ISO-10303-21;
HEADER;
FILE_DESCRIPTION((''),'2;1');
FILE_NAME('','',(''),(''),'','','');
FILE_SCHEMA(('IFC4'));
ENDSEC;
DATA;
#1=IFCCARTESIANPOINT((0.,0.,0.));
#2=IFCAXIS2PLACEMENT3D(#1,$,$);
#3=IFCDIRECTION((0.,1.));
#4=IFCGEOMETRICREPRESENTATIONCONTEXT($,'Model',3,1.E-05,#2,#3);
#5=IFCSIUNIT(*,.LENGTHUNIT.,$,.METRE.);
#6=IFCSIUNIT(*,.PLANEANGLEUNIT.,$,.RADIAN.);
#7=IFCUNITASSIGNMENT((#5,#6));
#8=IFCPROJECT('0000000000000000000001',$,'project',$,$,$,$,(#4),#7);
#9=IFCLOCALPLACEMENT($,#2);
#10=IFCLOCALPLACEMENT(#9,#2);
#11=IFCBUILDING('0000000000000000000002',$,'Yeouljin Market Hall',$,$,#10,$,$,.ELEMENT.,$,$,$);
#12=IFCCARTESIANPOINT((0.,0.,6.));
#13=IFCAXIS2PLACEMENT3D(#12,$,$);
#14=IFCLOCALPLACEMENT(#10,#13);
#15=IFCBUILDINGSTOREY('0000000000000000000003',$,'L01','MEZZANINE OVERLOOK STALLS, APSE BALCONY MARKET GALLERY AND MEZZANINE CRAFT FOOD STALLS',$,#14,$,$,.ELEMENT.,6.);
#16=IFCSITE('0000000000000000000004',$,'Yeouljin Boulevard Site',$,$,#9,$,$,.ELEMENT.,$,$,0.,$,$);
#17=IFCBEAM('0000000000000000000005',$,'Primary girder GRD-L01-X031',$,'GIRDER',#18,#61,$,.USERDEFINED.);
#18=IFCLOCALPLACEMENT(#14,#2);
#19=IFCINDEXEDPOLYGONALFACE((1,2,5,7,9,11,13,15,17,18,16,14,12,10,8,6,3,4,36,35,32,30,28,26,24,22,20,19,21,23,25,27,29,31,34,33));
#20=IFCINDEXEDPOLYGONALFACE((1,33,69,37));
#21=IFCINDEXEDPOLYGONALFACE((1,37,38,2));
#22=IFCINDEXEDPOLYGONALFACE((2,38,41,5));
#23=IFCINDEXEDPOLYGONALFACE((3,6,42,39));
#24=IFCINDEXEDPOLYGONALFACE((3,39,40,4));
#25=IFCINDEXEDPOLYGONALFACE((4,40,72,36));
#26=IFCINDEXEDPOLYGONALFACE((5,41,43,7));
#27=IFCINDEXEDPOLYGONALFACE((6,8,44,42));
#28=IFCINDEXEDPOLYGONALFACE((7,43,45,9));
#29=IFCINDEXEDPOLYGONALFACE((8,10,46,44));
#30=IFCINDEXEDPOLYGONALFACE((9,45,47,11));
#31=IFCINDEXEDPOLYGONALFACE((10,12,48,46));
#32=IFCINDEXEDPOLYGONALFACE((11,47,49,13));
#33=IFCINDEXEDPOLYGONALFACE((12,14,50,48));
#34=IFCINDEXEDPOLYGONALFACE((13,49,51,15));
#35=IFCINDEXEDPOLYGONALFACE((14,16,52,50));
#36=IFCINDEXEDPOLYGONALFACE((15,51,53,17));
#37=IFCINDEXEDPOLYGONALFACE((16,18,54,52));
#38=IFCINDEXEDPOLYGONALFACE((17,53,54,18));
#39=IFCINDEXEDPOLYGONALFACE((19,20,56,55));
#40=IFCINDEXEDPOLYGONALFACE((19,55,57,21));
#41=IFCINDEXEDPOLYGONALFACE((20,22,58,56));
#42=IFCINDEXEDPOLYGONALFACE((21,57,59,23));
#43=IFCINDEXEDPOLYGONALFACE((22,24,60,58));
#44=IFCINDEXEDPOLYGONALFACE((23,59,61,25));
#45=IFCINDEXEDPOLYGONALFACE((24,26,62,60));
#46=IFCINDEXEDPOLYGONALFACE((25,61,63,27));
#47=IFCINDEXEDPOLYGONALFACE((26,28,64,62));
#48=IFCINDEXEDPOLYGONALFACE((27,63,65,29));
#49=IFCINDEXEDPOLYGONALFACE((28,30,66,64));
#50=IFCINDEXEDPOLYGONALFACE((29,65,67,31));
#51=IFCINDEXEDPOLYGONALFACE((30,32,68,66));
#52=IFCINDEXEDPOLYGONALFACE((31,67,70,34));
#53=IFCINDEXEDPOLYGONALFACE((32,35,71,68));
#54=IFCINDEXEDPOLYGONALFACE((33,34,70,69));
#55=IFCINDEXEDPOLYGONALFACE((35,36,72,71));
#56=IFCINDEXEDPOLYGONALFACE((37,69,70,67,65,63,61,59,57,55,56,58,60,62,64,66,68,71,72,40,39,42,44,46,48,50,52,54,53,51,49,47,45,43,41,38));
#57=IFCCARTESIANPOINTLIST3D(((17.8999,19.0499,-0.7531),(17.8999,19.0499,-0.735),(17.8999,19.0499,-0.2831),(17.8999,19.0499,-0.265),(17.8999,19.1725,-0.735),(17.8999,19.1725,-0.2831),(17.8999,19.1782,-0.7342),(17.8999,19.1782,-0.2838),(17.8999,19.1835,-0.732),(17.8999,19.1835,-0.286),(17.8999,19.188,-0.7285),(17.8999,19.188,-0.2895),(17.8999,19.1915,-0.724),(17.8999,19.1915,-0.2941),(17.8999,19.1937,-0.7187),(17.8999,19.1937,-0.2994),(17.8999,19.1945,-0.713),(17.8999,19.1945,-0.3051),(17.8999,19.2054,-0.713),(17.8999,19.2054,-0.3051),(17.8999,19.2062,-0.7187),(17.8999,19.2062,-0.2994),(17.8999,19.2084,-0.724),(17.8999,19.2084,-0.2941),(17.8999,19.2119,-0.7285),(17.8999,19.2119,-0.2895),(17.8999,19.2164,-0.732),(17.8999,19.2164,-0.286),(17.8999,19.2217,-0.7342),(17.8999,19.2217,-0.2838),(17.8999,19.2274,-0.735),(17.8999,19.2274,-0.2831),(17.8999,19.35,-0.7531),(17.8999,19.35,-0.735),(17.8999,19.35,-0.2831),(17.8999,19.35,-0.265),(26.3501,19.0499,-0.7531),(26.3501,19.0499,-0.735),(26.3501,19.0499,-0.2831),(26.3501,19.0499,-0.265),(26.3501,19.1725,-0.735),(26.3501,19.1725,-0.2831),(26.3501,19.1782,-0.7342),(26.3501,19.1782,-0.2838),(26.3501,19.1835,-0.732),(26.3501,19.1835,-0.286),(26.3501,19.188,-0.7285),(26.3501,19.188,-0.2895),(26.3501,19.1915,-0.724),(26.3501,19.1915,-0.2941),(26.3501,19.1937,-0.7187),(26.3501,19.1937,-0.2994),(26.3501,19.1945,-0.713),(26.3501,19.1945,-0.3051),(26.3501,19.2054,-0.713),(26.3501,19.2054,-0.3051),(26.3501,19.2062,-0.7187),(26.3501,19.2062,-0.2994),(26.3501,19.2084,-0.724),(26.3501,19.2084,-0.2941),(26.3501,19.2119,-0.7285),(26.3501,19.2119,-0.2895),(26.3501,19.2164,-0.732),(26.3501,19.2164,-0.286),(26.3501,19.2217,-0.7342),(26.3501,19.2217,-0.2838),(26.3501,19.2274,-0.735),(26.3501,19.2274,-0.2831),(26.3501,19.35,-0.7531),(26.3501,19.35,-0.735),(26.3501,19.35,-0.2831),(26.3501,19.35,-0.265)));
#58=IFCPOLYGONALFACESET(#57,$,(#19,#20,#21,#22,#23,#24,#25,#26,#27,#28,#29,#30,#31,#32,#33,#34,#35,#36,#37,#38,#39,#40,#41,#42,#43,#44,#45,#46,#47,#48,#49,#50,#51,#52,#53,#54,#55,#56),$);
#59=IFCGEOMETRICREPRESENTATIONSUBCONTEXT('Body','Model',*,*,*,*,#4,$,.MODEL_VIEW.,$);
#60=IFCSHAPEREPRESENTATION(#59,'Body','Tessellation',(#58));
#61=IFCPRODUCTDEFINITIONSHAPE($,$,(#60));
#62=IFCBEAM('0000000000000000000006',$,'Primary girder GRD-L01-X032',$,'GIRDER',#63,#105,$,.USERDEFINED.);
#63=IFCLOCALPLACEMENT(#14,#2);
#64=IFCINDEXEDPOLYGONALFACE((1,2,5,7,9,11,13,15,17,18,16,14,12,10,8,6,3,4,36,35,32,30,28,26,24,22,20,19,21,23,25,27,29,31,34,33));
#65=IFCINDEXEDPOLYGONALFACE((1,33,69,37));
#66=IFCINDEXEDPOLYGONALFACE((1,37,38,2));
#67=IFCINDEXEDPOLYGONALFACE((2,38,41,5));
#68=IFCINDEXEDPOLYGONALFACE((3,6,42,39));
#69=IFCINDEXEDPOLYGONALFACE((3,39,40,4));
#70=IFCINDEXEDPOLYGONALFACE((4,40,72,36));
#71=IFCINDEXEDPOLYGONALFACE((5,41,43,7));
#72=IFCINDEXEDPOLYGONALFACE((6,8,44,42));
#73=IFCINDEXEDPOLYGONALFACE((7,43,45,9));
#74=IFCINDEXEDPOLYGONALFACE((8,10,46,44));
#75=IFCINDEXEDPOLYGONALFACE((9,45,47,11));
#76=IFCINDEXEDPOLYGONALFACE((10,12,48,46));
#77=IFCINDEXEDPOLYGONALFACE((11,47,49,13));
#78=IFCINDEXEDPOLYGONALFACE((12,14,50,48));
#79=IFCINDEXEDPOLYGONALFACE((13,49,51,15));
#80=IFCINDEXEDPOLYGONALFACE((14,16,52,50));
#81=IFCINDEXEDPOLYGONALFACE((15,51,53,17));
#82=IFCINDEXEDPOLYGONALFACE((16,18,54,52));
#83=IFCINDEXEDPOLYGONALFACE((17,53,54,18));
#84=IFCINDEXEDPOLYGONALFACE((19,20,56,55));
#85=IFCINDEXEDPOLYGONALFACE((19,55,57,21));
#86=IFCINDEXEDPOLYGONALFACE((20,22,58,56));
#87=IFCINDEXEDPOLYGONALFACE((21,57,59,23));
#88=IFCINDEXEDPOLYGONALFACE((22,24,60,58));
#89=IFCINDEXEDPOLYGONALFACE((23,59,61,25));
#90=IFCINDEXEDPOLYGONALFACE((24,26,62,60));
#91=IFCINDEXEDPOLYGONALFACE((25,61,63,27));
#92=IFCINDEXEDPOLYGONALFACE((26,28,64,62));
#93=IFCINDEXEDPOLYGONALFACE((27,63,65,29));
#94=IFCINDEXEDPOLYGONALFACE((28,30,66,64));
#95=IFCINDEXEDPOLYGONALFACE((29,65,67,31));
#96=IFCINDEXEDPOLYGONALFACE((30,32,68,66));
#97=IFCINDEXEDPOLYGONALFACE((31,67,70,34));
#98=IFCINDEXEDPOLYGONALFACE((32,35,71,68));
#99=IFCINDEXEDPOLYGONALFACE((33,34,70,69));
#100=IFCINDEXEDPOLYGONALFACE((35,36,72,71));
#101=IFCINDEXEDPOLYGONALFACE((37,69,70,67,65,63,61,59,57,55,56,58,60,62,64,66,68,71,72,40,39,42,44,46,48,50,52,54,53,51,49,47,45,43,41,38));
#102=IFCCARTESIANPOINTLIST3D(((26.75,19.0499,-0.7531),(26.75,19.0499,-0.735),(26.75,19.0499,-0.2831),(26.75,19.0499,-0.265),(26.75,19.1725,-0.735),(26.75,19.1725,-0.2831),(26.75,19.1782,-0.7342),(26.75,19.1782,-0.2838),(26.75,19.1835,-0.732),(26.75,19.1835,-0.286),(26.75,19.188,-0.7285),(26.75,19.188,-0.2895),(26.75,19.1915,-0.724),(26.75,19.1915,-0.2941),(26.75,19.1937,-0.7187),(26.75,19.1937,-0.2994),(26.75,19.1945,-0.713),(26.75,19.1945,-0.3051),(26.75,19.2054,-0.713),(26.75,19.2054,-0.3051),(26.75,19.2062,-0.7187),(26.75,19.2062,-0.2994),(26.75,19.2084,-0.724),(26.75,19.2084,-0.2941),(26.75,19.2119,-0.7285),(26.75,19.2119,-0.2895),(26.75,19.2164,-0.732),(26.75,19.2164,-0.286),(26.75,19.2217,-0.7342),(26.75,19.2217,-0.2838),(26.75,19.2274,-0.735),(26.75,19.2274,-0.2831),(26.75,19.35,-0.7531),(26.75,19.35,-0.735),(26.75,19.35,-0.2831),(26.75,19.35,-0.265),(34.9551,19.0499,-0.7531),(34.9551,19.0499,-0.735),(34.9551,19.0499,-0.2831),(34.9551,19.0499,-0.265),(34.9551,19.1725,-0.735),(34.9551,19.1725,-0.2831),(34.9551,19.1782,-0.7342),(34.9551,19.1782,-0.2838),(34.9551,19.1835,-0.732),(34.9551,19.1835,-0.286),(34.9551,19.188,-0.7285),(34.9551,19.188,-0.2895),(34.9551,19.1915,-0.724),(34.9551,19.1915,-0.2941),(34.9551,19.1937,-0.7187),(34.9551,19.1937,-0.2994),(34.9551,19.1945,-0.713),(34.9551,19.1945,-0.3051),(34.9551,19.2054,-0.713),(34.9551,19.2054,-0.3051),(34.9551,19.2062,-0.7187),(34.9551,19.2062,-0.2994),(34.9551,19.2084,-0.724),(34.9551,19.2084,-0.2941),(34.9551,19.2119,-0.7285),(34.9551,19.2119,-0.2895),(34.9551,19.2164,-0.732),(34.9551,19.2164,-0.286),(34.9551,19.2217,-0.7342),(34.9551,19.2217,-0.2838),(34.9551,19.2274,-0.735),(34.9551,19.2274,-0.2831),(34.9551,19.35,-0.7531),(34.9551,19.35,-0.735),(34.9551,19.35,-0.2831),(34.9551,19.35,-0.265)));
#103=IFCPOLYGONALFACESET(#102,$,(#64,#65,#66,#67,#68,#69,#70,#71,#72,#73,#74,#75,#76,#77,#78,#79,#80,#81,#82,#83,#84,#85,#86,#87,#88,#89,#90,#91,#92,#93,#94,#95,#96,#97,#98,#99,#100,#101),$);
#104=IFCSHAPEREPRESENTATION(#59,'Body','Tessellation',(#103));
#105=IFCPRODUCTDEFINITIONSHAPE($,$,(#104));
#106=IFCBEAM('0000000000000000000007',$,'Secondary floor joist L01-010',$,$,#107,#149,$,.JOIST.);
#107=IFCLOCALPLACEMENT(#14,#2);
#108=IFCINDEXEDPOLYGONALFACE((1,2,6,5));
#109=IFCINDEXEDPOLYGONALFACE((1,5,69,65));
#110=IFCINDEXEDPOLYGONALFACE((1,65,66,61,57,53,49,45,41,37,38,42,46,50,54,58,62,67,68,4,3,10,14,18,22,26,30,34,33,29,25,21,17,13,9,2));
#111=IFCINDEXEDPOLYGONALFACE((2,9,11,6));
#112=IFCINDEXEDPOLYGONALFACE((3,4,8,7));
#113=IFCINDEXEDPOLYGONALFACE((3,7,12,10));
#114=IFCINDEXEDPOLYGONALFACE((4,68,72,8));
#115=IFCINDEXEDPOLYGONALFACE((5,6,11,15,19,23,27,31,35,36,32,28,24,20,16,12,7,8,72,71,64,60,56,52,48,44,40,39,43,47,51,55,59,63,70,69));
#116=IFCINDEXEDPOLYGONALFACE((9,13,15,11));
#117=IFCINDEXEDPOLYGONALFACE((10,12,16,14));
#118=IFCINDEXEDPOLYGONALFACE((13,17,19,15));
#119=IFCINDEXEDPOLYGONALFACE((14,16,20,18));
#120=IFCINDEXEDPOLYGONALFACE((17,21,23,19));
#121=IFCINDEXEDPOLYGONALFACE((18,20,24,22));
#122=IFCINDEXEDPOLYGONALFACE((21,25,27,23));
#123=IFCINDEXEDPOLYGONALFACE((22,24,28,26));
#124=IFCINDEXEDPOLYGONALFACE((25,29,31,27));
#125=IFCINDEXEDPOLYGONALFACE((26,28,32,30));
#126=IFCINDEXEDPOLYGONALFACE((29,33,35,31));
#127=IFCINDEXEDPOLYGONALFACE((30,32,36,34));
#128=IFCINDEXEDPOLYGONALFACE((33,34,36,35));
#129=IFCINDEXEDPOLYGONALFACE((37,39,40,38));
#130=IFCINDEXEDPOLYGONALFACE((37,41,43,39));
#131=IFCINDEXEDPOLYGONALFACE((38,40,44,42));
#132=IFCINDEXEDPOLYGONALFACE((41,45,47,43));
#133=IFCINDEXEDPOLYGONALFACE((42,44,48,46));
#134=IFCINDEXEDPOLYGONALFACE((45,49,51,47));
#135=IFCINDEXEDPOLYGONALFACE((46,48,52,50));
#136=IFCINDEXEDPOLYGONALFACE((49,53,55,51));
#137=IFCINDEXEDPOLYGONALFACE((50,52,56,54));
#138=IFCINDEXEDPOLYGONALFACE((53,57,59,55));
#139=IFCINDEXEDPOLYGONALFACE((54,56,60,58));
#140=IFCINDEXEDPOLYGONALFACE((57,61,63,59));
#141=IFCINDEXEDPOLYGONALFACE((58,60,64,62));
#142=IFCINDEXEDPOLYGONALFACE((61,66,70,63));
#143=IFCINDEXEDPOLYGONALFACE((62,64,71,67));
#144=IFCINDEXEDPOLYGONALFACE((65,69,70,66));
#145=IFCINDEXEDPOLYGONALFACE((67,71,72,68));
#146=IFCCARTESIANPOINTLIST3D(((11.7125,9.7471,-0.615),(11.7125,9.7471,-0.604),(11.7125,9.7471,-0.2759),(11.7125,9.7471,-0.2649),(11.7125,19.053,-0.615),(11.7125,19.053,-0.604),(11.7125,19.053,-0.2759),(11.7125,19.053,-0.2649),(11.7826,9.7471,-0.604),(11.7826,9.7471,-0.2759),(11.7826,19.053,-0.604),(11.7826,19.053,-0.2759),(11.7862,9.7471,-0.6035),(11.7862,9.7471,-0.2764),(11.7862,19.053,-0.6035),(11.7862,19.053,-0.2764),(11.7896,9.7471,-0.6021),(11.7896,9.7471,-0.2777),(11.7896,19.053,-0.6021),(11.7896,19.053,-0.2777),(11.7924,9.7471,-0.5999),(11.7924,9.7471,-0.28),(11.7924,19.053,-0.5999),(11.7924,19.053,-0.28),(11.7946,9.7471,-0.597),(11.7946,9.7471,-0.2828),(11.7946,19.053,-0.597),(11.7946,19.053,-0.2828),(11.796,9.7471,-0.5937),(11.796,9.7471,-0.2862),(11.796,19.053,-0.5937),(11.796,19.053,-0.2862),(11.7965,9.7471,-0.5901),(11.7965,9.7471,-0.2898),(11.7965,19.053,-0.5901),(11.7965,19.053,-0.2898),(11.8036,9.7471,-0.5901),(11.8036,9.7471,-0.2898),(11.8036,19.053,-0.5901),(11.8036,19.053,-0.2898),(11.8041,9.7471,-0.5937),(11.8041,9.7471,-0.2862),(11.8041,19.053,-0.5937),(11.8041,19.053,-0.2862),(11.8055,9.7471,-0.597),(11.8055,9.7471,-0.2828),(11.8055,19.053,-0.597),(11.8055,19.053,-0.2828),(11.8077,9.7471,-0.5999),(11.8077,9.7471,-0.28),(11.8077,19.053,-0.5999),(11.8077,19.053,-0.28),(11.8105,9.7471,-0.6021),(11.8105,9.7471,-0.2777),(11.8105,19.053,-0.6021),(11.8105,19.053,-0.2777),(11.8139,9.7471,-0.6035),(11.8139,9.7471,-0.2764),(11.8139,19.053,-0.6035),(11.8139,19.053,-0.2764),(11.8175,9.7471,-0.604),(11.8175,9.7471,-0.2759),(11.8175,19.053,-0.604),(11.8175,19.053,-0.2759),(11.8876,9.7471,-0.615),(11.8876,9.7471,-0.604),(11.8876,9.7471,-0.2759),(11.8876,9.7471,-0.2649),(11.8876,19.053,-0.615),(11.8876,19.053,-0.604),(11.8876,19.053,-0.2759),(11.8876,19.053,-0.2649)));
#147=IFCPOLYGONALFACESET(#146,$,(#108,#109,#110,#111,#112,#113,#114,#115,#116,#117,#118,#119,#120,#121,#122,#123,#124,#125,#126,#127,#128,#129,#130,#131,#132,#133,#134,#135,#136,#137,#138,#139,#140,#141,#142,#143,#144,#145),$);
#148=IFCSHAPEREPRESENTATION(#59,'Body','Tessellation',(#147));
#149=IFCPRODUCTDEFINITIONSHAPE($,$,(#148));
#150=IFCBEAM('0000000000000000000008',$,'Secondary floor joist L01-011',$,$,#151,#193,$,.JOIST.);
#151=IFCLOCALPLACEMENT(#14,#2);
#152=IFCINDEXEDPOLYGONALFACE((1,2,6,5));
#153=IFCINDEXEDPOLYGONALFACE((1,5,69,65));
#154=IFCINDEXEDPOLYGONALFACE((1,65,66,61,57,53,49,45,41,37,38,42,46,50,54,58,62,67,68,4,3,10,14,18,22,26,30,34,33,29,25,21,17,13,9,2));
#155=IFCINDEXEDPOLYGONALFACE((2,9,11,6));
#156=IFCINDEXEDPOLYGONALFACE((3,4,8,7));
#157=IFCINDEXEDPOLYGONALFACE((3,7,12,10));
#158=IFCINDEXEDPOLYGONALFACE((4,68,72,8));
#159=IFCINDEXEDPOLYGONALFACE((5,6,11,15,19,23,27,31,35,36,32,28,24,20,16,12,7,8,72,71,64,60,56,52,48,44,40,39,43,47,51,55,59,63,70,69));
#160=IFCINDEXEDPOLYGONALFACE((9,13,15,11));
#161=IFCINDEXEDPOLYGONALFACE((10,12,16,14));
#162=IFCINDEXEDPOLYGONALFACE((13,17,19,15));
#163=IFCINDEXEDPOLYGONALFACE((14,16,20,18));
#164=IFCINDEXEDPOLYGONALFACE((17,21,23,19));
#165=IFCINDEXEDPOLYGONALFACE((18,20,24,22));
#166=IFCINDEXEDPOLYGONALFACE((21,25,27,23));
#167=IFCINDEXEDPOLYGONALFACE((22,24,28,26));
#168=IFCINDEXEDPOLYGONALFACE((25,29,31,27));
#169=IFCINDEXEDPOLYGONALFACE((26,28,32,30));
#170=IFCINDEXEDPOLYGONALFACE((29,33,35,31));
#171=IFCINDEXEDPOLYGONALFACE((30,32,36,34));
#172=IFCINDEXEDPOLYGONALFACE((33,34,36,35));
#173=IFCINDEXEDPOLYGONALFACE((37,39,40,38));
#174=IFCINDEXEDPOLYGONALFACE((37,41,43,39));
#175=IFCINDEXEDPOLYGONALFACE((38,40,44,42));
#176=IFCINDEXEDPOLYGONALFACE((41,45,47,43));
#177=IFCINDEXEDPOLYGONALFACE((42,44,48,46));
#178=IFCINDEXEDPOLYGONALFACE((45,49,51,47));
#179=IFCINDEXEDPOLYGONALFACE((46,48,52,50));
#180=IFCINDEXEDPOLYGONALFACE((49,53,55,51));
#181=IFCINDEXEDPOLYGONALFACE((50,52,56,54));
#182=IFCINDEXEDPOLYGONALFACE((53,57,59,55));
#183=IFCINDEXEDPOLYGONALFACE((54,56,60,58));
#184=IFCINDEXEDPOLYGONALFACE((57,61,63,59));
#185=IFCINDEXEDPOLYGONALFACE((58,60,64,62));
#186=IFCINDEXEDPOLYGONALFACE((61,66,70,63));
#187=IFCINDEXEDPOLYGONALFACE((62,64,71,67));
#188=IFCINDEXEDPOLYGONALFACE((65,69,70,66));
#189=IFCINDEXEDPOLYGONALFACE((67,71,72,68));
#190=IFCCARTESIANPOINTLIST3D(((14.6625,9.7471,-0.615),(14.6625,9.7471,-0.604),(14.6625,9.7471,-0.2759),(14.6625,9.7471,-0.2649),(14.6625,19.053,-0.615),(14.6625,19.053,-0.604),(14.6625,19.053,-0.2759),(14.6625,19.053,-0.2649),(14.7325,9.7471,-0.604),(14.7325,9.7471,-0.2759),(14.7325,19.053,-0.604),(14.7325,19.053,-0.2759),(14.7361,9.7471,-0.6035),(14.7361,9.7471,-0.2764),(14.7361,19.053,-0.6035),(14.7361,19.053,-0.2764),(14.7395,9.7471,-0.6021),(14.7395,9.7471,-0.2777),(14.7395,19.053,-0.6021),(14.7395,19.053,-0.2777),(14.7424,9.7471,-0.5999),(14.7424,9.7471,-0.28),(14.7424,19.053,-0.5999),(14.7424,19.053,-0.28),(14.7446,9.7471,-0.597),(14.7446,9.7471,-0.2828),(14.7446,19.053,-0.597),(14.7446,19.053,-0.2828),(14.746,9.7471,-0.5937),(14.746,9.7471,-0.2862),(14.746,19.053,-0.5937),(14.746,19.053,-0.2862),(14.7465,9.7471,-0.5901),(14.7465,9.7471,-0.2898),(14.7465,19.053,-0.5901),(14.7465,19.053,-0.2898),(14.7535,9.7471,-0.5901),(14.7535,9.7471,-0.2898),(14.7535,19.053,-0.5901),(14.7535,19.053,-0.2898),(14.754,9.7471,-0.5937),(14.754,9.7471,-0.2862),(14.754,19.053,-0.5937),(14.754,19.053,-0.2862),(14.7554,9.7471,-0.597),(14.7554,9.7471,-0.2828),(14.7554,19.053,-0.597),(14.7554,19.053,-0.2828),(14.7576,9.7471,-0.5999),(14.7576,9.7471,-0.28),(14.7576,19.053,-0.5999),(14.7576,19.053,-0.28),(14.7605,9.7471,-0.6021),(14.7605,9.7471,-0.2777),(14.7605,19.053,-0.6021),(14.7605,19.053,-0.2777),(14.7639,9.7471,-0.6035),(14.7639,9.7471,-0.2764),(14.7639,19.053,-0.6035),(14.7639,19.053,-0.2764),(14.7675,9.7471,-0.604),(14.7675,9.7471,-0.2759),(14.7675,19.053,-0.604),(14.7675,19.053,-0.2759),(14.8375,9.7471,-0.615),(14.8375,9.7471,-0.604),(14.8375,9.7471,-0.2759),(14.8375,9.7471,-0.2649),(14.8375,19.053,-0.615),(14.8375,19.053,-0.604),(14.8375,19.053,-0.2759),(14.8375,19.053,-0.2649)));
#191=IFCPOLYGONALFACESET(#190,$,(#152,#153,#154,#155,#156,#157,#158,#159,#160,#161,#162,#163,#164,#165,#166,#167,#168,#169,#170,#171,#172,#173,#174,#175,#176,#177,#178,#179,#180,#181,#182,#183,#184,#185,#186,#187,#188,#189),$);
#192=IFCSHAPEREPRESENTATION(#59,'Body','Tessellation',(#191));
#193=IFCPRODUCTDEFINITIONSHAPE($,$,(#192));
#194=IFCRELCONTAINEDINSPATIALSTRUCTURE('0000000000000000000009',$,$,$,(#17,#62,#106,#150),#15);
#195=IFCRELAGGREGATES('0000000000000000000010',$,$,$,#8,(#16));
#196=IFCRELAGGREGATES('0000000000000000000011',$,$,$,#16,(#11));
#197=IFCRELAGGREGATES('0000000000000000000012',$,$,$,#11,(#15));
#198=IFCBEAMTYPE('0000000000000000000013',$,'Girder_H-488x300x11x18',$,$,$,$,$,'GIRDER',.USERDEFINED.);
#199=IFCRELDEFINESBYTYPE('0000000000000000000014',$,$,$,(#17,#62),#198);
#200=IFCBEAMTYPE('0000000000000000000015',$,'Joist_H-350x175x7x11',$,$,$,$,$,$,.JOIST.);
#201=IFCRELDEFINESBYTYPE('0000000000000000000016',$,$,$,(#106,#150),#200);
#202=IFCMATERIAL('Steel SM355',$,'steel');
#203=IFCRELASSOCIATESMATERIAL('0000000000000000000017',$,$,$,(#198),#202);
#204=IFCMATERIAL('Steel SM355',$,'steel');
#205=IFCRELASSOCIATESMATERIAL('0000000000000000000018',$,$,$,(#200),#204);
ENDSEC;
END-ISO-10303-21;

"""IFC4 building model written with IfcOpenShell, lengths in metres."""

from ifc_helpers import new_model, si_unit, direction, frame, origin, origin_2d, place, context, subcontext, project, spatial, i_section, extrude, material, material_profile, profile_set, type_object, element, save


model = new_model("IFC4")

# Units and contexts
model_context = context("Model", 3, precision=1e-05, world=origin(), true_north=direction((0.0, 1.0)))
body_context = subcontext(model_context, "Body", "Model", "MODEL_VIEW")
ifc_project = project(units=[si_unit("LENGTHUNIT", "METRE"), si_unit("PLANEANGLEUNIT", "RADIAN")], contexts=[model_context])

# Site, building, storey
site_placement = place(None, origin())
site = spatial("IfcSite", under=ifc_project, at=site_placement, Name="Yeouljin Boulevard Site", CompositionType="ELEMENT", RefElevation=0.0)
building_placement = place(site_placement, origin())
building = spatial("IfcBuilding", under=site, at=building_placement, Name="Yeouljin Market Hall", CompositionType="ELEMENT")
storey_placement = place(building_placement, frame((0.0, 0.0, 6.0)))
storey = spatial("IfcBuildingStorey", under=building, at=storey_placement, Name="L01", Description="MEZZANINE OVERLOOK STALLS, APSE BALCONY MARKET GALLERY AND MEZZANINE CRAFT FOOD STALLS", CompositionType="ELEMENT", Elevation=6.0)

# Beams
ifc_material_1 = material(Name="Steel SM355", Category="steel")
ifc_material_profile_1 = material_profile(ifc_material_1, i_section(OverallWidth=0.3, OverallDepth=0.488, WebThickness=0.011, FlangeThickness=0.0181, FilletRadius=0.022, at=origin_2d()), Name="H-488x300x11x18")
ifc_profile_set_1 = profile_set([ifc_material_profile_1], Name="Steel SM355")
beam_type_1 = type_object("IfcBeamType", Name="Girder_H-488x300x11x18", ElementType="GIRDER", PredefinedType="USERDEFINED", material=ifc_profile_set_1)
beam_1_placement = place(storey_placement, frame((17.8999, 19.2, -0.509), z_axis=(1.0, 0.0, 0.0), x_axis=(0.0, 1.0, 0.0)))
element("IfcBeam", 1, at=beam_1_placement, inside=storey, type_object=beam_type_1, Name="Primary girder GRD-L01-X031", ObjectType="GIRDER", PredefinedType="USERDEFINED", context=body_context, shape_type="SweptSolid", body=[
    extrude(i_section(OverallWidth=0.3, OverallDepth=0.488, WebThickness=0.011, FlangeThickness=0.0181, FilletRadius=0.022, at=origin_2d()), origin(), (0.0, 0.0, 1.0), 8.4502),
])
beam_2_placement = place(storey_placement, frame((26.75, 19.2, -0.509), z_axis=(1.0, 0.0, 0.0), x_axis=(0.0, 1.0, 0.0)))
element("IfcBeam", 2, at=beam_2_placement, inside=storey, type_object=beam_type_1, Name="Primary girder GRD-L01-X032", ObjectType="GIRDER", PredefinedType="USERDEFINED", context=body_context, shape_type="SweptSolid", body=[
    extrude(i_section(OverallWidth=0.3, OverallDepth=0.488, WebThickness=0.011, FlangeThickness=0.0181, FilletRadius=0.022, at=origin_2d()), origin(), (0.0, 0.0, 1.0), 8.2051),
])
ifc_material_2 = material(Name="Steel SM355", Category="steel")
ifc_material_profile_2 = material_profile(ifc_material_2, i_section(OverallWidth=0.175, OverallDepth=0.3501, WebThickness=0.0071, FlangeThickness=0.011, FilletRadius=0.0139, at=origin_2d()), Name="H-350x175x7x11")
ifc_profile_set_2 = profile_set([ifc_material_profile_2], Name="Steel SM355")
beam_type_2 = type_object("IfcBeamType", Name="Joist_H-350x175x7x11", PredefinedType="JOIST", material=ifc_profile_set_2)
for number, where, z_axis, x_axis, name in (
    (3, (11.8, 9.7471, -0.4399), (0.0, 1.0, 0.0), (-1.0, 0.0, 0.0), "Secondary floor joist L01-010"),
    (4, (14.75, 9.7471, -0.4399), (0.0, 1.0, 0.0), (-1.0, 0.0, 0.0), "Secondary floor joist L01-011"),
):
    element("IfcBeam", number, at=place(storey_placement, frame(where, z_axis=z_axis, x_axis=x_axis)), inside=storey, type_object=beam_type_2, Name=name, PredefinedType="JOIST", context=body_context, shape_type="SweptSolid", body=[
        extrude(i_section(OverallWidth=0.175, OverallDepth=0.3501, WebThickness=0.0071, FlangeThickness=0.011, FilletRadius=0.0139, at=origin_2d()), origin(), (0.0, 0.0, 1.0), 9.3059),
    ])

save(model, "model.ifc")
